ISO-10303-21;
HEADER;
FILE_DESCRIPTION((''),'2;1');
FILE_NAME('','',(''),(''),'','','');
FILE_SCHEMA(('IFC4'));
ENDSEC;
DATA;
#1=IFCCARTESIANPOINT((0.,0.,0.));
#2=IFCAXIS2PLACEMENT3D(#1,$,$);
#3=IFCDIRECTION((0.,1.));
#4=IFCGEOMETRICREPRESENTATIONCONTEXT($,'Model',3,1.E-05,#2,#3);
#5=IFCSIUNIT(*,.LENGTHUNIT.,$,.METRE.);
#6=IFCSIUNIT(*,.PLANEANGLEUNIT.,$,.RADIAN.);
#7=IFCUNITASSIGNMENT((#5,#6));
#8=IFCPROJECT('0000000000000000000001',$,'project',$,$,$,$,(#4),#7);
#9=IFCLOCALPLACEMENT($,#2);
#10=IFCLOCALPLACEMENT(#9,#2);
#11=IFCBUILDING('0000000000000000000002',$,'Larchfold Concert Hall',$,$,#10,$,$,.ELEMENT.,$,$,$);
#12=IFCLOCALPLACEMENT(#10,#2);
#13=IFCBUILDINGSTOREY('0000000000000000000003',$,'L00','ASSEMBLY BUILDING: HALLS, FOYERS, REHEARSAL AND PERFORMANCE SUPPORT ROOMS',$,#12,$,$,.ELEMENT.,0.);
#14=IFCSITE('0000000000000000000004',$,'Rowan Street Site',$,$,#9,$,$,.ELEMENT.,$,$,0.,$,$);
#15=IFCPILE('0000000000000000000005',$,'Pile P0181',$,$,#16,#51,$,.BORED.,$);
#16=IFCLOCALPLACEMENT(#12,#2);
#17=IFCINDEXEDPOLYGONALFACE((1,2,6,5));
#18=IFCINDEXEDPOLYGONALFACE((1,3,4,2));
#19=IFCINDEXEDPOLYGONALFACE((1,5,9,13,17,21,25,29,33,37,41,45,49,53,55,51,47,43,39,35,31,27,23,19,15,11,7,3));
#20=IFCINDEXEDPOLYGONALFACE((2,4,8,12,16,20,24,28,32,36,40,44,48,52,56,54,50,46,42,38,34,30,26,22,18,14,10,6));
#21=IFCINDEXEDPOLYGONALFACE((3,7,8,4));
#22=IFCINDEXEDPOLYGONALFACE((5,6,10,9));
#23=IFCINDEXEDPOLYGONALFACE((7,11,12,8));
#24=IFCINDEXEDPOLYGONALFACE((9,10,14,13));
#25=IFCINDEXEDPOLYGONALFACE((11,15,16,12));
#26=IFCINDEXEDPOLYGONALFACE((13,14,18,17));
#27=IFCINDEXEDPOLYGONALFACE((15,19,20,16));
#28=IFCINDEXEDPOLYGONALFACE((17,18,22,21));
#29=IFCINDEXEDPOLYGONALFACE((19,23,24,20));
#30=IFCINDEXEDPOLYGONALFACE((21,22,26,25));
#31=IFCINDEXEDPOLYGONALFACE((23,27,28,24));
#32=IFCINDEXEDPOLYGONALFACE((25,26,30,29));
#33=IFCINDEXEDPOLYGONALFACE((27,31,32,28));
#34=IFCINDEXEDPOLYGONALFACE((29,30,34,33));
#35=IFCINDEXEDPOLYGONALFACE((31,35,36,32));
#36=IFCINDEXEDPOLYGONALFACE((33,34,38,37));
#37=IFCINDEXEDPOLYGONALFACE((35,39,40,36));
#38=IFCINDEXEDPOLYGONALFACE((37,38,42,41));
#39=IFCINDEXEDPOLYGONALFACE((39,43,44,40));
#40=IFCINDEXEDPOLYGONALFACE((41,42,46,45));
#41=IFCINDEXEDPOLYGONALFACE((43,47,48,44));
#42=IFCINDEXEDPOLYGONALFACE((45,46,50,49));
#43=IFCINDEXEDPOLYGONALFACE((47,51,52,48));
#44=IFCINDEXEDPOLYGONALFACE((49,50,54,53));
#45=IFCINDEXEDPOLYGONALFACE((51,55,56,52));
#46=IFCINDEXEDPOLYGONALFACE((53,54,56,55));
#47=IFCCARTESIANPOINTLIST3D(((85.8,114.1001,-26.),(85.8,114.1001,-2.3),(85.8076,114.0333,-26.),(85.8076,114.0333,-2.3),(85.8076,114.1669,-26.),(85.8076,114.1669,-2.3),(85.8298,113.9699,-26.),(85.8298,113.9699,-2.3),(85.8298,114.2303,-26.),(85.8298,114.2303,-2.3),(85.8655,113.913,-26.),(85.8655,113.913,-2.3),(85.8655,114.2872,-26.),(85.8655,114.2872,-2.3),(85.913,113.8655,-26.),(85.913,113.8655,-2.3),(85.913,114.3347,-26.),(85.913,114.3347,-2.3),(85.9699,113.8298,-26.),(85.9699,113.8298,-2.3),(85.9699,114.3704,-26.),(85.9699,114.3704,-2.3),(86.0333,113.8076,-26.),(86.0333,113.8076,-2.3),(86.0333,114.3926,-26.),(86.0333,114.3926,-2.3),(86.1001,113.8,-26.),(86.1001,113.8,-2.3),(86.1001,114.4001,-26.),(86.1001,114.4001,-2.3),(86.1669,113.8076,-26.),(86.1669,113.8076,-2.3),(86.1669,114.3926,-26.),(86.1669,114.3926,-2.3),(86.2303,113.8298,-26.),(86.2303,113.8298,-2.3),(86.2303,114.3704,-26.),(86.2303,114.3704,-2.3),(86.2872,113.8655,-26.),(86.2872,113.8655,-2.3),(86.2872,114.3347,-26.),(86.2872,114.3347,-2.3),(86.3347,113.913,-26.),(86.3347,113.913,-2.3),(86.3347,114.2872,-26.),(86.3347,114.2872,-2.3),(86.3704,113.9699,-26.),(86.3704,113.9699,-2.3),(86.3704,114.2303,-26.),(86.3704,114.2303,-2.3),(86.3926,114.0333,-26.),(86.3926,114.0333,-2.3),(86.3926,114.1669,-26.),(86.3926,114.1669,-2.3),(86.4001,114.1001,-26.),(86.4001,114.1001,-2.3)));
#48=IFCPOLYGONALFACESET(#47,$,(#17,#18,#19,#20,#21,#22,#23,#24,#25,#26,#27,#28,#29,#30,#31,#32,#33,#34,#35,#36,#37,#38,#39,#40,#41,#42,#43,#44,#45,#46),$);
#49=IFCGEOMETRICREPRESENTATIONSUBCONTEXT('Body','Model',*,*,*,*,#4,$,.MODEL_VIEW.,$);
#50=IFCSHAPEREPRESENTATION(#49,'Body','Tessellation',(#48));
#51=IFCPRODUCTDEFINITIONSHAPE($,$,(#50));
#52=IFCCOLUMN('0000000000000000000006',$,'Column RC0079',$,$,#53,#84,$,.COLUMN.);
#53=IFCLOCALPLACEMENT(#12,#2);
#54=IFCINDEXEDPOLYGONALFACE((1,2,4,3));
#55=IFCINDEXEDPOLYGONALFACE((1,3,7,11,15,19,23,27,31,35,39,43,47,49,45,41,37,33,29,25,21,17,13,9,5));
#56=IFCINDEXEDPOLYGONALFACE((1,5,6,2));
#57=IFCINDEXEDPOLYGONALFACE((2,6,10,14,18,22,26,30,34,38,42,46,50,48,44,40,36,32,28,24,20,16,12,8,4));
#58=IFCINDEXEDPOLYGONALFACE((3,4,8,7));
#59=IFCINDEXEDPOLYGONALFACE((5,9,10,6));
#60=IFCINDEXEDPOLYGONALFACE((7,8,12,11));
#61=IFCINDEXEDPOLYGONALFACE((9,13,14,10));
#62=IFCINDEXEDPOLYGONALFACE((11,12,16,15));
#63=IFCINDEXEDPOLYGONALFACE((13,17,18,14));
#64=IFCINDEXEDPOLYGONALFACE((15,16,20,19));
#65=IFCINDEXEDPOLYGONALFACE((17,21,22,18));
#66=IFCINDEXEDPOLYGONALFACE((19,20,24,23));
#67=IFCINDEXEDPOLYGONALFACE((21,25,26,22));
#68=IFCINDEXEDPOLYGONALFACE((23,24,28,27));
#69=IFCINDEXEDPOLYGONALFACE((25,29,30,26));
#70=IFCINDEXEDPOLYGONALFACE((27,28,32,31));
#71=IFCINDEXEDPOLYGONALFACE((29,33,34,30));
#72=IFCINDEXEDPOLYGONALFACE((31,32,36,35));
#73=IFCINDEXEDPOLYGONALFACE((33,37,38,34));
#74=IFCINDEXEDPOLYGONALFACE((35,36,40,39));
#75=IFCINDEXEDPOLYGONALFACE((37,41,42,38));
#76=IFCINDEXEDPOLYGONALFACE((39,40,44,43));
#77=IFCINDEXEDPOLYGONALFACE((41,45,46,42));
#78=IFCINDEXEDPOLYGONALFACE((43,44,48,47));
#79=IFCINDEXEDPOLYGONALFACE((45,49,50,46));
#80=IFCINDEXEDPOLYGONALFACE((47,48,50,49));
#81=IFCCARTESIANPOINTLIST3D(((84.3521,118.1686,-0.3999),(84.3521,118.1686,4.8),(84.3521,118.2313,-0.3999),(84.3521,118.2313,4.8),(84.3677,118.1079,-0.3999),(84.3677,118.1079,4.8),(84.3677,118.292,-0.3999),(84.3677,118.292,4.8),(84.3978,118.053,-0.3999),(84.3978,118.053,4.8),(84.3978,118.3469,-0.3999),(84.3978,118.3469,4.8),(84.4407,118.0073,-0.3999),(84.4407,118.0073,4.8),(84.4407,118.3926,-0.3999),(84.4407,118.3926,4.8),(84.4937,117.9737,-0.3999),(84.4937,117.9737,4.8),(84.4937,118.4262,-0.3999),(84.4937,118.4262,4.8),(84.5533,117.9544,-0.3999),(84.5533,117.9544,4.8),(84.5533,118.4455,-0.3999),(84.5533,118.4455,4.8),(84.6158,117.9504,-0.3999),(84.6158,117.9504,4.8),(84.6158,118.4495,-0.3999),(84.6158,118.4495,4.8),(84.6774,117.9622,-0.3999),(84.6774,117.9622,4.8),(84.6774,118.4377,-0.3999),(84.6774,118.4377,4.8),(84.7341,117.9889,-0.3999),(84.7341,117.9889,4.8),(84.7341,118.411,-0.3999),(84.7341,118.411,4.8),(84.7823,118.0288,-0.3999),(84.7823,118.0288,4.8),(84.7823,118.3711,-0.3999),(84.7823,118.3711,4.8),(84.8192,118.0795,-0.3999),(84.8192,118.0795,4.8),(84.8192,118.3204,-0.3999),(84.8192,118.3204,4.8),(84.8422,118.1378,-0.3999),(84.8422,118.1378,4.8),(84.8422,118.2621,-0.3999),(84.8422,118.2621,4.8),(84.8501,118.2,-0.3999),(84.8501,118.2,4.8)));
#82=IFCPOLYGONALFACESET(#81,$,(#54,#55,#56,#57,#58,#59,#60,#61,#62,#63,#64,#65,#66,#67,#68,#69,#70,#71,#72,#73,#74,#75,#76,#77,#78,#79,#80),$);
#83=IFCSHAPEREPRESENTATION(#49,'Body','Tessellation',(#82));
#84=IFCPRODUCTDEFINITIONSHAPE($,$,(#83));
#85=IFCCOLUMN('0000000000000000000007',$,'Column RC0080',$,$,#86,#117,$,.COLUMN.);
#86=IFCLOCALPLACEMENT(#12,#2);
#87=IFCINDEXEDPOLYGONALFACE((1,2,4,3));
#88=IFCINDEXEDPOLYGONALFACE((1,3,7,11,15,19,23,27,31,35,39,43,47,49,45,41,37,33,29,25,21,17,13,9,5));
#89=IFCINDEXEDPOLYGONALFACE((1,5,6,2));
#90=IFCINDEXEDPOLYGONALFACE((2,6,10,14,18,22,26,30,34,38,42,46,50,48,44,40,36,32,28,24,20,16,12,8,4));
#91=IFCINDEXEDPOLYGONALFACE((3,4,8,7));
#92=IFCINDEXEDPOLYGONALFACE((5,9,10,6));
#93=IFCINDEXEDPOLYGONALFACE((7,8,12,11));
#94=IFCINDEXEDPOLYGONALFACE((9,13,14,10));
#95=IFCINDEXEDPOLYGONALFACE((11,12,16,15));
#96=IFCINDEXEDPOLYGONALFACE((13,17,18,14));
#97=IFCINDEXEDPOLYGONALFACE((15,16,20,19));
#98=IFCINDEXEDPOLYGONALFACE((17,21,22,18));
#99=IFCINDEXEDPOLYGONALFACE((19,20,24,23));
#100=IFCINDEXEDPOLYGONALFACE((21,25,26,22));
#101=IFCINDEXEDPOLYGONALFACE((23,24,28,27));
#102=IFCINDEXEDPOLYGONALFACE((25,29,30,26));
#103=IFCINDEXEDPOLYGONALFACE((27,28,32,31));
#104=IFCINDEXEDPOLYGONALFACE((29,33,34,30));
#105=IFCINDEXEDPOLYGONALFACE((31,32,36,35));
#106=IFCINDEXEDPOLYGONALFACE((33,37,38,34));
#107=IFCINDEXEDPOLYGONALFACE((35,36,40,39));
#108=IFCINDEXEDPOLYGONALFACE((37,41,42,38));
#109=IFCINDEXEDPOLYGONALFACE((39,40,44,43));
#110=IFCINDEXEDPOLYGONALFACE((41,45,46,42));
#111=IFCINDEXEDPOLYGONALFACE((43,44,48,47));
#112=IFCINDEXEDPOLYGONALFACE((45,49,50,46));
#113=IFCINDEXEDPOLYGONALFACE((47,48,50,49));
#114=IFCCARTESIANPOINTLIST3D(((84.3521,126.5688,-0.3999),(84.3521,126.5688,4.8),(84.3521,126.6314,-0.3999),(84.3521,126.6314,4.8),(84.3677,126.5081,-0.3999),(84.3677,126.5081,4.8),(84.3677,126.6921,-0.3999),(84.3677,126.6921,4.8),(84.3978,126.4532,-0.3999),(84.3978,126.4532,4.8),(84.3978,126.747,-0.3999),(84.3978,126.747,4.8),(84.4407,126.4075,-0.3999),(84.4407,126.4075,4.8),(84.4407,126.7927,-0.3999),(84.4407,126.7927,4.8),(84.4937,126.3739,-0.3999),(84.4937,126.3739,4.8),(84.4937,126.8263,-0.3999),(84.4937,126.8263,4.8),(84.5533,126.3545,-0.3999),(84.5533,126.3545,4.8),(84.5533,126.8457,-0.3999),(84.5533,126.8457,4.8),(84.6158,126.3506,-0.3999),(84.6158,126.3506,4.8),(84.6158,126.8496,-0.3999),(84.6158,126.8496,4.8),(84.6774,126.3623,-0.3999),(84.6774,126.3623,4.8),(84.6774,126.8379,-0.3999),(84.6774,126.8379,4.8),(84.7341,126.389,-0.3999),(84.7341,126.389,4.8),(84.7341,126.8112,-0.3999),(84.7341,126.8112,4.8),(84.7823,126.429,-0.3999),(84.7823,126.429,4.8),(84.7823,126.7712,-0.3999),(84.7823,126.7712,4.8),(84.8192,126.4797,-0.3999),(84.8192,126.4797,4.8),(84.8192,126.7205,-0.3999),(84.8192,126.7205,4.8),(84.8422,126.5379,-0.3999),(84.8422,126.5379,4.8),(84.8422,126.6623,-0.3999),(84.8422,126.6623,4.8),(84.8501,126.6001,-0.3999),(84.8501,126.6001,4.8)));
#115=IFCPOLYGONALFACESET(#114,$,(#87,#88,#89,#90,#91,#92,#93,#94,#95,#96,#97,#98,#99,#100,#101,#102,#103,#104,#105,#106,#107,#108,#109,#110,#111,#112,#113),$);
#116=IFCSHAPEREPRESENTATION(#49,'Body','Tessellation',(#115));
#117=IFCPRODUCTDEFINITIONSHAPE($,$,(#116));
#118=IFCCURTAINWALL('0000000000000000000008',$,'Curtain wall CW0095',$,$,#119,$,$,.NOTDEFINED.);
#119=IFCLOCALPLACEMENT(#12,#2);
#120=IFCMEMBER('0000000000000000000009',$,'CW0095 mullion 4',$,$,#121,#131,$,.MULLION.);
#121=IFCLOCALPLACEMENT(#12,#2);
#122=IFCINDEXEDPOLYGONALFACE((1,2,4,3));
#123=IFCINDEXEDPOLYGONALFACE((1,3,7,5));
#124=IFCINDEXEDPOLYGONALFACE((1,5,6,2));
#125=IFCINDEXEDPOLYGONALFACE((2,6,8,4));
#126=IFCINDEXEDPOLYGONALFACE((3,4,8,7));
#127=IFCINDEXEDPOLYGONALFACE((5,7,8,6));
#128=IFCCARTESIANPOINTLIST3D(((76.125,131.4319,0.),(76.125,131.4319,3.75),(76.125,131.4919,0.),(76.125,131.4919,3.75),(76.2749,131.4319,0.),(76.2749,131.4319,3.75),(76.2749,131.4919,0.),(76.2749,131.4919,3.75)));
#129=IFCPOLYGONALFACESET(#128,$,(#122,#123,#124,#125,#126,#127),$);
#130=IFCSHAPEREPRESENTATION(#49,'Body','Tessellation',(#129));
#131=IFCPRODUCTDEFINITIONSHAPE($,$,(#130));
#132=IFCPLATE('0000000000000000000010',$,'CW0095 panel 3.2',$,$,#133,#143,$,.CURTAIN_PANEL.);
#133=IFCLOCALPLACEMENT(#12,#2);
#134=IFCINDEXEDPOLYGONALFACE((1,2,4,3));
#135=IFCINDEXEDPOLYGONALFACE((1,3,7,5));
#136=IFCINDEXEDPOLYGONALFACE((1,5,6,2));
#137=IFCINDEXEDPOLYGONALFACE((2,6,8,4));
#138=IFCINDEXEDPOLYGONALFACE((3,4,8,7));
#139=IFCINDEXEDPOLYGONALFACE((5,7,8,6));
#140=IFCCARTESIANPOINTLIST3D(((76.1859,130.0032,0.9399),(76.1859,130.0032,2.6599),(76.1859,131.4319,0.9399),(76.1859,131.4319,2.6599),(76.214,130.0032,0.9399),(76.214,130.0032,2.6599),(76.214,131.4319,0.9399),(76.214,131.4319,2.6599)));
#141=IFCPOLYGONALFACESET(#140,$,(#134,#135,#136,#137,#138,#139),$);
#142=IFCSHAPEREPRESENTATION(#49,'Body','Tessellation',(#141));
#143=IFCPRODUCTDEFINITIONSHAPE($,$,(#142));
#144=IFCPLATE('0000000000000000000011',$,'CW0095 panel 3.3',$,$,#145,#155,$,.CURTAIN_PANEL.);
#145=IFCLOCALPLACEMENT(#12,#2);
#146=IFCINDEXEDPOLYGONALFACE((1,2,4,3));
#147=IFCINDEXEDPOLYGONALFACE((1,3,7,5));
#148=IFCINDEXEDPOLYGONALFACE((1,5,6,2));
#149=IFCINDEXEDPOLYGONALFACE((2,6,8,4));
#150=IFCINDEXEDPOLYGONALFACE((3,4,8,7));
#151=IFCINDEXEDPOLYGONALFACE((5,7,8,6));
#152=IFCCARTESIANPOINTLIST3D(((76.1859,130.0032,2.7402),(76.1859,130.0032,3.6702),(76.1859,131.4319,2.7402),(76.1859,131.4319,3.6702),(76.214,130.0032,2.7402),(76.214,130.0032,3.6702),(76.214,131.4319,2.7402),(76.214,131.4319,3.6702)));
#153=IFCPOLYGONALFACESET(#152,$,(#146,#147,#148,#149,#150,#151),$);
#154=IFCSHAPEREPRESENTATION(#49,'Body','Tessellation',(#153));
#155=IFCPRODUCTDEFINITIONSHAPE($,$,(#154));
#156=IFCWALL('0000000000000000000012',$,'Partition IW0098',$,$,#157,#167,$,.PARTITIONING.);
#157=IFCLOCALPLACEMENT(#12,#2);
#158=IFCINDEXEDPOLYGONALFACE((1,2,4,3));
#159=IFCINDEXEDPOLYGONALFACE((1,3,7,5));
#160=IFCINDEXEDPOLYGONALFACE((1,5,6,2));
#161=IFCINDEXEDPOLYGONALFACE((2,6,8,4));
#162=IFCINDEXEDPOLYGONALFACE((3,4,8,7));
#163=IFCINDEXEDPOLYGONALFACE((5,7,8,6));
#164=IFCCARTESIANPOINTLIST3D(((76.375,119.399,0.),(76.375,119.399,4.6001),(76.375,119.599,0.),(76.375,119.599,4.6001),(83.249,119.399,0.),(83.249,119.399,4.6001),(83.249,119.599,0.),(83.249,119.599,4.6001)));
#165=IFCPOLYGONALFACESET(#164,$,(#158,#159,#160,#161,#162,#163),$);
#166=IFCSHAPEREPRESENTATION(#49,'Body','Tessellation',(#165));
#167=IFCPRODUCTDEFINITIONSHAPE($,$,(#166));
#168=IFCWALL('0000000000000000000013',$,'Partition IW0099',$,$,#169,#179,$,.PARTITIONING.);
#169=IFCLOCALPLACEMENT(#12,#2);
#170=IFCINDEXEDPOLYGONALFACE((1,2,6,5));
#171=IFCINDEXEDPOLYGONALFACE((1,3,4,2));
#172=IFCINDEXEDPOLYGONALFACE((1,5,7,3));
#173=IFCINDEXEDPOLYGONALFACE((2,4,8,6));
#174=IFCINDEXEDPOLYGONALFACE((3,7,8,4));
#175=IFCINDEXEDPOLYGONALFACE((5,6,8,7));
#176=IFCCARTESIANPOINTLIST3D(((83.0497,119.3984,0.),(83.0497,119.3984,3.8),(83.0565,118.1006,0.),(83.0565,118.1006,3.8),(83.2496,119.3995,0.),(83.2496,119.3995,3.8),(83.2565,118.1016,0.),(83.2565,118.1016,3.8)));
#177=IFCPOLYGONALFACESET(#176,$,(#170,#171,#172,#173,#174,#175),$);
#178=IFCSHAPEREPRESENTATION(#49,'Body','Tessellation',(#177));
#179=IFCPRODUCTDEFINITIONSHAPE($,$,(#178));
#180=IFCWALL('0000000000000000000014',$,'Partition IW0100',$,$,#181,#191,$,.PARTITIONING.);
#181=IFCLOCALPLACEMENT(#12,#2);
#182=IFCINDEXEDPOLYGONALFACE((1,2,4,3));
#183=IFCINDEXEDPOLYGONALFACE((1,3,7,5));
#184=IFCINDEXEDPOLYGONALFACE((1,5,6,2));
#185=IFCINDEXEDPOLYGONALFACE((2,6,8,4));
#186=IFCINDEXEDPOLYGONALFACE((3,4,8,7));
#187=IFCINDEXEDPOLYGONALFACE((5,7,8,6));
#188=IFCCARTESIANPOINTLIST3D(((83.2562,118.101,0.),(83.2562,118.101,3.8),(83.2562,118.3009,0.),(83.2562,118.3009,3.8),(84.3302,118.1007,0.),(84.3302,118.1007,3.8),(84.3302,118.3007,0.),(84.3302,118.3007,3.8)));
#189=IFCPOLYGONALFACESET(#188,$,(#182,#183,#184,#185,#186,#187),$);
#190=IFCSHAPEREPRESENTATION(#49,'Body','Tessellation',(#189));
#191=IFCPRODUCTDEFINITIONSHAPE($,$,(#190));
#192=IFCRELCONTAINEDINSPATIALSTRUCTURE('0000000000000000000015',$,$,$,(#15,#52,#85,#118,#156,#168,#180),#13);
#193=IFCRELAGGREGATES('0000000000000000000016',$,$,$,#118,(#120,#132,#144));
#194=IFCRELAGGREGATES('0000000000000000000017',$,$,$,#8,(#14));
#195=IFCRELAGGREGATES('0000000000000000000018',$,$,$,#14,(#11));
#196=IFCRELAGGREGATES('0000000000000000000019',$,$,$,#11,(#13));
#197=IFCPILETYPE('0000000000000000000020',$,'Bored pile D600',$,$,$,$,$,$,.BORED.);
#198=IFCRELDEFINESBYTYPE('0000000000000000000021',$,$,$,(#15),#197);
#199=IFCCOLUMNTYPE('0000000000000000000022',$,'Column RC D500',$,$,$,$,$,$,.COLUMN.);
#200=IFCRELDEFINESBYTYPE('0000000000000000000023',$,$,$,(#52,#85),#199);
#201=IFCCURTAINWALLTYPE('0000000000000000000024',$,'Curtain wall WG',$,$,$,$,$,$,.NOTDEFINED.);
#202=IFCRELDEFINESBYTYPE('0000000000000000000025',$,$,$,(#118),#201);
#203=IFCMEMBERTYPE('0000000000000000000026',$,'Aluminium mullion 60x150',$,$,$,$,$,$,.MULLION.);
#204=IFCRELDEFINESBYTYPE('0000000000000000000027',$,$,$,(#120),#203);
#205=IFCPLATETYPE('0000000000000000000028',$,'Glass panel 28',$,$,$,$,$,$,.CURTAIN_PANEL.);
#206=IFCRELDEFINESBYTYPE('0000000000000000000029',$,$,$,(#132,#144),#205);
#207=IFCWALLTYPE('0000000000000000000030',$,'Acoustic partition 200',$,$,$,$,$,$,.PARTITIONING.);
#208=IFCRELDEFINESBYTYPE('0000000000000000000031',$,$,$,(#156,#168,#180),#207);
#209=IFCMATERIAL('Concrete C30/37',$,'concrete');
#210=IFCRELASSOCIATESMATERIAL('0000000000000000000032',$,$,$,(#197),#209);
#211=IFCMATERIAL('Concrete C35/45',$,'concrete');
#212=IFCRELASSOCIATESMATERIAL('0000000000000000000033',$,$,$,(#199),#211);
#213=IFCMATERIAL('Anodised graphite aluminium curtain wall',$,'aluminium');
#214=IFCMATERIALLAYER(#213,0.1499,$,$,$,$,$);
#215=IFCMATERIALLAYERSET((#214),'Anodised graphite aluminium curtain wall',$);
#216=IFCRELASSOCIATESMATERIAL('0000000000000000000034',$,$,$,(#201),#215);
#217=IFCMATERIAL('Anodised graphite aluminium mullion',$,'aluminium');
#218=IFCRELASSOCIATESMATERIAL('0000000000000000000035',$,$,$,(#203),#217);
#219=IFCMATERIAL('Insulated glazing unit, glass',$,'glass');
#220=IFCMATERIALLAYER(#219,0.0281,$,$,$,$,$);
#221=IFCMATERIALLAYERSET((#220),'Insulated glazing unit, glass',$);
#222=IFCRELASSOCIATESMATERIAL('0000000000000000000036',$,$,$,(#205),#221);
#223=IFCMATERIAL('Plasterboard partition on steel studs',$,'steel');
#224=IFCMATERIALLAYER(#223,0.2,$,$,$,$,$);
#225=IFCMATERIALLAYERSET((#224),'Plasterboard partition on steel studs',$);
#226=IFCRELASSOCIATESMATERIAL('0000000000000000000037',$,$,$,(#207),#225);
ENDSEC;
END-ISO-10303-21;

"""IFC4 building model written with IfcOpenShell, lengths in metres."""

from ifc_helpers import new_model, si_unit, direction, frame, frame_2d, origin, origin_2d, place, context, subcontext, project, spatial, rectangle, circle, extrude, material, layer, layer_set, material_profile, profile_set, type_object, element, aggregate, save


model = new_model("IFC4")

# Units and contexts
model_context = context("Model", 3, precision=1e-05, world=origin(), true_north=direction((0.0, 1.0)))
body_context = subcontext(model_context, "Body", "Model", "MODEL_VIEW")
ifc_project = project(units=[si_unit("LENGTHUNIT", "METRE"), si_unit("PLANEANGLEUNIT", "RADIAN")], contexts=[model_context])

# Site, building, storey
site_placement = place(None, origin())
site = spatial("IfcSite", under=ifc_project, at=site_placement, Name="Rowan Street Site", CompositionType="ELEMENT", RefElevation=0.0)
building_placement = place(site_placement, origin())
building = spatial("IfcBuilding", under=site, at=building_placement, Name="Larchfold Concert Hall", CompositionType="ELEMENT")
storey_placement = place(building_placement, origin())
storey = spatial("IfcBuildingStorey", under=building, at=storey_placement, Name="L00", Description="ASSEMBLY BUILDING: HALLS, FOYERS, REHEARSAL AND PERFORMANCE SUPPORT ROOMS", CompositionType="ELEMENT", Elevation=0.0)

# Pile
ifc_material_1 = material(Name="Concrete C30/37", Category="concrete")
ifc_material_profile_1 = material_profile(ifc_material_1, circle(Radius=0.3, at=origin_2d()))
ifc_profile_set_1 = profile_set([ifc_material_profile_1], Name="Concrete C30/37")
pile_type = type_object("IfcPileType", Name="Bored pile D600", PredefinedType="BORED", material=ifc_profile_set_1)
for number, where, z_axis, x_axis, name in (
    (1, (86.1001, 114.1001, -2.3), (0.0, 0.0, -1.0), (1.0, 0.0, 0.0), "Pile P0181"),
):
    element("IfcPile", number, at=place(storey_placement, frame(where, z_axis=z_axis, x_axis=x_axis)), inside=storey, type_object=pile_type, Name=name, PredefinedType="BORED", context=body_context, shape_type="SweptSolid", body=[
        extrude(circle(Radius=0.3, at=origin_2d()), origin(), (0.0, 0.0, 1.0), 23.7),
    ])

# Columns
ifc_material_2 = material(Name="Concrete C35/45", Category="concrete")
ifc_material_profile_2 = material_profile(ifc_material_2, circle(Radius=0.25, at=origin_2d()))
ifc_profile_set_2 = profile_set([ifc_material_profile_2], Name="Concrete C35/45")
column_type = type_object("IfcColumnType", Name="Column RC D500", PredefinedType="COLUMN", material=ifc_profile_set_2)
for number, where, z_axis, x_axis, name in (
    (2, (84.6001, 118.2, -0.3999), (0.0, 0.0, 1.0), (1.0, 0.0, 0.0), "Column RC0079"),
    (3, (84.6001, 126.6001, -0.3999), (0.0, 0.0, 1.0), (1.0, 0.0, 0.0), "Column RC0080"),
):
    element("IfcColumn", number, at=place(storey_placement, frame(where, z_axis=z_axis, x_axis=x_axis)), inside=storey, type_object=column_type, Name=name, PredefinedType="COLUMN", context=body_context, shape_type="SweptSolid", body=[
        extrude(circle(Radius=0.25, at=origin_2d()), origin(), (0.0, 0.0, 1.0), 5.2),
    ])

# Curtain wall, member, plates
ifc_material_3 = material(Name="Anodised graphite aluminium curtain wall", Category="aluminium")
ifc_layer_1 = layer(ifc_material_3, 0.1499)
ifc_layer_set_1 = layer_set([ifc_layer_1], Name="Anodised graphite aluminium curtain wall")
curtain_wall_type = type_object("IfcCurtainWallType", Name="Curtain wall WG", PredefinedType="NOTDEFINED", material=ifc_layer_set_1)
curtain_wall_placement = place(storey_placement, origin())
curtain_wall = element("IfcCurtainWall", 4, at=curtain_wall_placement, inside=storey, type_object=curtain_wall_type, Name="Curtain wall CW0095", PredefinedType="NOTDEFINED")
ifc_material_4 = material(Name="Anodised graphite aluminium mullion", Category="aluminium")
ifc_material_profile_3 = material_profile(ifc_material_4, rectangle(XDim=0.1499, YDim=0.0601, at=origin_2d()))
ifc_profile_set_3 = profile_set([ifc_material_profile_3], Name="Anodised graphite aluminium mullion")
member_type = type_object("IfcMemberType", Name="Aluminium mullion 60x150", PredefinedType="MULLION", material=ifc_profile_set_3)
member_placement = place(storey_placement, frame((76.2, 131.4619, 0.0), z_axis=(0.0, 0.0, 1.0), x_axis=(-1.0, 0.0, 0.0)))
member = element("IfcMember", 5, at=member_placement, type_object=member_type, Name="CW0095 mullion 4", PredefinedType="MULLION", context=body_context, shape_type="SweptSolid", body=[
    extrude(rectangle(XDim=0.1499, YDim=0.0601, at=origin_2d()), origin(), (0.0, 0.0, 1.0), 3.75),
])
ifc_material_5 = material(Name="Insulated glazing unit, glass", Category="glass")
ifc_layer_2 = layer(ifc_material_5, 0.0281)
ifc_layer_set_2 = layer_set([ifc_layer_2], Name="Insulated glazing unit, glass")
plate_type = type_object("IfcPlateType", Name="Glass panel 28", PredefinedType="CURTAIN_PANEL", material=ifc_layer_set_2)
plate_1_placement = place(storey_placement, frame((76.2, 130.7175, 0.9399), z_axis=(0.0, 0.0, 1.0), x_axis=(0.0, 1.0, 0.0)))
plate_1 = element("IfcPlate", 6, at=plate_1_placement, type_object=plate_type, Name="CW0095 panel 3.2", PredefinedType="CURTAIN_PANEL", context=body_context, shape_type="SweptSolid", body=[
    extrude(rectangle(XDim=1.4287, YDim=0.0281, at=origin_2d()), origin(), (0.0, 0.0, 1.0), 1.72),
])
plate_2_placement = place(storey_placement, frame((76.2, 130.7175, 2.7402), z_axis=(0.0, 0.0, 1.0), x_axis=(0.0, 1.0, 0.0)))
plate_2 = element("IfcPlate", 7, at=plate_2_placement, type_object=plate_type, Name="CW0095 panel 3.3", PredefinedType="CURTAIN_PANEL", context=body_context, shape_type="SweptSolid", body=[
    extrude(rectangle(XDim=1.4287, YDim=0.0281, at=origin_2d()), origin(), (0.0, 0.0, 1.0), 0.9299),
])
aggregate(curtain_wall, [member, plate_1, plate_2])

# Walls
ifc_material_6 = material(Name="Plasterboard partition on steel studs", Category="steel")
ifc_layer_3 = layer(ifc_material_6, 0.2)
ifc_layer_set_3 = layer_set([ifc_layer_3], Name="Plasterboard partition on steel studs")
wall_type_1 = type_object("IfcWallType", Name="Acoustic partition 200", PredefinedType="PARTITIONING", material=ifc_layer_set_3)
wall_1_placement = place(storey_placement, frame((76.375, 119.499, 0.0), z_axis=(0.0, 0.0, 1.0), x_axis=(1.0, 0.0, 0.0)))
element("IfcWall", 8, at=wall_1_placement, inside=storey, type_object=wall_type_1, Name="Partition IW0098", PredefinedType="PARTITIONING", context=body_context, shape_type="SweptSolid", body=[
    extrude(rectangle(XDim=6.874, YDim=0.2, at=frame_2d((3.437, 0.0))), origin(), (0.0, 0.0, 1.0), 4.6001),
])
wall_2_placement = place(storey_placement, frame((83.1497, 119.3989, 0.0), z_axis=(0.0, 0.0, 1.0), x_axis=(0.005267, -0.999986, 0.0)))
element("IfcWall", 9, at=wall_2_placement, inside=storey, type_object=wall_type_1, Name="Partition IW0099", PredefinedType="PARTITIONING", context=body_context, shape_type="SweptSolid", body=[
    extrude(rectangle(XDim=1.2979, YDim=0.2, at=frame_2d((0.6489, 0.0))), origin(), (0.0, 0.0, 1.0), 3.8),
])
wall_3_placement = place(storey_placement, frame((83.2561, 118.2009, 0.0), z_axis=(0.0, 0.0, 1.0), x_axis=(1.0, -0.000227, 0.0)))
element("IfcWall", 10, at=wall_3_placement, inside=storey, type_object=wall_type_1, Name="Partition IW0100", PredefinedType="PARTITIONING", context=body_context, shape_type="SweptSolid", body=[
    extrude(rectangle(XDim=1.074, YDim=0.2, at=frame_2d((0.5371, 0.0))), origin(), (0.0, 0.0, 1.0), 3.8),
])

save(model, "model.ifc")
